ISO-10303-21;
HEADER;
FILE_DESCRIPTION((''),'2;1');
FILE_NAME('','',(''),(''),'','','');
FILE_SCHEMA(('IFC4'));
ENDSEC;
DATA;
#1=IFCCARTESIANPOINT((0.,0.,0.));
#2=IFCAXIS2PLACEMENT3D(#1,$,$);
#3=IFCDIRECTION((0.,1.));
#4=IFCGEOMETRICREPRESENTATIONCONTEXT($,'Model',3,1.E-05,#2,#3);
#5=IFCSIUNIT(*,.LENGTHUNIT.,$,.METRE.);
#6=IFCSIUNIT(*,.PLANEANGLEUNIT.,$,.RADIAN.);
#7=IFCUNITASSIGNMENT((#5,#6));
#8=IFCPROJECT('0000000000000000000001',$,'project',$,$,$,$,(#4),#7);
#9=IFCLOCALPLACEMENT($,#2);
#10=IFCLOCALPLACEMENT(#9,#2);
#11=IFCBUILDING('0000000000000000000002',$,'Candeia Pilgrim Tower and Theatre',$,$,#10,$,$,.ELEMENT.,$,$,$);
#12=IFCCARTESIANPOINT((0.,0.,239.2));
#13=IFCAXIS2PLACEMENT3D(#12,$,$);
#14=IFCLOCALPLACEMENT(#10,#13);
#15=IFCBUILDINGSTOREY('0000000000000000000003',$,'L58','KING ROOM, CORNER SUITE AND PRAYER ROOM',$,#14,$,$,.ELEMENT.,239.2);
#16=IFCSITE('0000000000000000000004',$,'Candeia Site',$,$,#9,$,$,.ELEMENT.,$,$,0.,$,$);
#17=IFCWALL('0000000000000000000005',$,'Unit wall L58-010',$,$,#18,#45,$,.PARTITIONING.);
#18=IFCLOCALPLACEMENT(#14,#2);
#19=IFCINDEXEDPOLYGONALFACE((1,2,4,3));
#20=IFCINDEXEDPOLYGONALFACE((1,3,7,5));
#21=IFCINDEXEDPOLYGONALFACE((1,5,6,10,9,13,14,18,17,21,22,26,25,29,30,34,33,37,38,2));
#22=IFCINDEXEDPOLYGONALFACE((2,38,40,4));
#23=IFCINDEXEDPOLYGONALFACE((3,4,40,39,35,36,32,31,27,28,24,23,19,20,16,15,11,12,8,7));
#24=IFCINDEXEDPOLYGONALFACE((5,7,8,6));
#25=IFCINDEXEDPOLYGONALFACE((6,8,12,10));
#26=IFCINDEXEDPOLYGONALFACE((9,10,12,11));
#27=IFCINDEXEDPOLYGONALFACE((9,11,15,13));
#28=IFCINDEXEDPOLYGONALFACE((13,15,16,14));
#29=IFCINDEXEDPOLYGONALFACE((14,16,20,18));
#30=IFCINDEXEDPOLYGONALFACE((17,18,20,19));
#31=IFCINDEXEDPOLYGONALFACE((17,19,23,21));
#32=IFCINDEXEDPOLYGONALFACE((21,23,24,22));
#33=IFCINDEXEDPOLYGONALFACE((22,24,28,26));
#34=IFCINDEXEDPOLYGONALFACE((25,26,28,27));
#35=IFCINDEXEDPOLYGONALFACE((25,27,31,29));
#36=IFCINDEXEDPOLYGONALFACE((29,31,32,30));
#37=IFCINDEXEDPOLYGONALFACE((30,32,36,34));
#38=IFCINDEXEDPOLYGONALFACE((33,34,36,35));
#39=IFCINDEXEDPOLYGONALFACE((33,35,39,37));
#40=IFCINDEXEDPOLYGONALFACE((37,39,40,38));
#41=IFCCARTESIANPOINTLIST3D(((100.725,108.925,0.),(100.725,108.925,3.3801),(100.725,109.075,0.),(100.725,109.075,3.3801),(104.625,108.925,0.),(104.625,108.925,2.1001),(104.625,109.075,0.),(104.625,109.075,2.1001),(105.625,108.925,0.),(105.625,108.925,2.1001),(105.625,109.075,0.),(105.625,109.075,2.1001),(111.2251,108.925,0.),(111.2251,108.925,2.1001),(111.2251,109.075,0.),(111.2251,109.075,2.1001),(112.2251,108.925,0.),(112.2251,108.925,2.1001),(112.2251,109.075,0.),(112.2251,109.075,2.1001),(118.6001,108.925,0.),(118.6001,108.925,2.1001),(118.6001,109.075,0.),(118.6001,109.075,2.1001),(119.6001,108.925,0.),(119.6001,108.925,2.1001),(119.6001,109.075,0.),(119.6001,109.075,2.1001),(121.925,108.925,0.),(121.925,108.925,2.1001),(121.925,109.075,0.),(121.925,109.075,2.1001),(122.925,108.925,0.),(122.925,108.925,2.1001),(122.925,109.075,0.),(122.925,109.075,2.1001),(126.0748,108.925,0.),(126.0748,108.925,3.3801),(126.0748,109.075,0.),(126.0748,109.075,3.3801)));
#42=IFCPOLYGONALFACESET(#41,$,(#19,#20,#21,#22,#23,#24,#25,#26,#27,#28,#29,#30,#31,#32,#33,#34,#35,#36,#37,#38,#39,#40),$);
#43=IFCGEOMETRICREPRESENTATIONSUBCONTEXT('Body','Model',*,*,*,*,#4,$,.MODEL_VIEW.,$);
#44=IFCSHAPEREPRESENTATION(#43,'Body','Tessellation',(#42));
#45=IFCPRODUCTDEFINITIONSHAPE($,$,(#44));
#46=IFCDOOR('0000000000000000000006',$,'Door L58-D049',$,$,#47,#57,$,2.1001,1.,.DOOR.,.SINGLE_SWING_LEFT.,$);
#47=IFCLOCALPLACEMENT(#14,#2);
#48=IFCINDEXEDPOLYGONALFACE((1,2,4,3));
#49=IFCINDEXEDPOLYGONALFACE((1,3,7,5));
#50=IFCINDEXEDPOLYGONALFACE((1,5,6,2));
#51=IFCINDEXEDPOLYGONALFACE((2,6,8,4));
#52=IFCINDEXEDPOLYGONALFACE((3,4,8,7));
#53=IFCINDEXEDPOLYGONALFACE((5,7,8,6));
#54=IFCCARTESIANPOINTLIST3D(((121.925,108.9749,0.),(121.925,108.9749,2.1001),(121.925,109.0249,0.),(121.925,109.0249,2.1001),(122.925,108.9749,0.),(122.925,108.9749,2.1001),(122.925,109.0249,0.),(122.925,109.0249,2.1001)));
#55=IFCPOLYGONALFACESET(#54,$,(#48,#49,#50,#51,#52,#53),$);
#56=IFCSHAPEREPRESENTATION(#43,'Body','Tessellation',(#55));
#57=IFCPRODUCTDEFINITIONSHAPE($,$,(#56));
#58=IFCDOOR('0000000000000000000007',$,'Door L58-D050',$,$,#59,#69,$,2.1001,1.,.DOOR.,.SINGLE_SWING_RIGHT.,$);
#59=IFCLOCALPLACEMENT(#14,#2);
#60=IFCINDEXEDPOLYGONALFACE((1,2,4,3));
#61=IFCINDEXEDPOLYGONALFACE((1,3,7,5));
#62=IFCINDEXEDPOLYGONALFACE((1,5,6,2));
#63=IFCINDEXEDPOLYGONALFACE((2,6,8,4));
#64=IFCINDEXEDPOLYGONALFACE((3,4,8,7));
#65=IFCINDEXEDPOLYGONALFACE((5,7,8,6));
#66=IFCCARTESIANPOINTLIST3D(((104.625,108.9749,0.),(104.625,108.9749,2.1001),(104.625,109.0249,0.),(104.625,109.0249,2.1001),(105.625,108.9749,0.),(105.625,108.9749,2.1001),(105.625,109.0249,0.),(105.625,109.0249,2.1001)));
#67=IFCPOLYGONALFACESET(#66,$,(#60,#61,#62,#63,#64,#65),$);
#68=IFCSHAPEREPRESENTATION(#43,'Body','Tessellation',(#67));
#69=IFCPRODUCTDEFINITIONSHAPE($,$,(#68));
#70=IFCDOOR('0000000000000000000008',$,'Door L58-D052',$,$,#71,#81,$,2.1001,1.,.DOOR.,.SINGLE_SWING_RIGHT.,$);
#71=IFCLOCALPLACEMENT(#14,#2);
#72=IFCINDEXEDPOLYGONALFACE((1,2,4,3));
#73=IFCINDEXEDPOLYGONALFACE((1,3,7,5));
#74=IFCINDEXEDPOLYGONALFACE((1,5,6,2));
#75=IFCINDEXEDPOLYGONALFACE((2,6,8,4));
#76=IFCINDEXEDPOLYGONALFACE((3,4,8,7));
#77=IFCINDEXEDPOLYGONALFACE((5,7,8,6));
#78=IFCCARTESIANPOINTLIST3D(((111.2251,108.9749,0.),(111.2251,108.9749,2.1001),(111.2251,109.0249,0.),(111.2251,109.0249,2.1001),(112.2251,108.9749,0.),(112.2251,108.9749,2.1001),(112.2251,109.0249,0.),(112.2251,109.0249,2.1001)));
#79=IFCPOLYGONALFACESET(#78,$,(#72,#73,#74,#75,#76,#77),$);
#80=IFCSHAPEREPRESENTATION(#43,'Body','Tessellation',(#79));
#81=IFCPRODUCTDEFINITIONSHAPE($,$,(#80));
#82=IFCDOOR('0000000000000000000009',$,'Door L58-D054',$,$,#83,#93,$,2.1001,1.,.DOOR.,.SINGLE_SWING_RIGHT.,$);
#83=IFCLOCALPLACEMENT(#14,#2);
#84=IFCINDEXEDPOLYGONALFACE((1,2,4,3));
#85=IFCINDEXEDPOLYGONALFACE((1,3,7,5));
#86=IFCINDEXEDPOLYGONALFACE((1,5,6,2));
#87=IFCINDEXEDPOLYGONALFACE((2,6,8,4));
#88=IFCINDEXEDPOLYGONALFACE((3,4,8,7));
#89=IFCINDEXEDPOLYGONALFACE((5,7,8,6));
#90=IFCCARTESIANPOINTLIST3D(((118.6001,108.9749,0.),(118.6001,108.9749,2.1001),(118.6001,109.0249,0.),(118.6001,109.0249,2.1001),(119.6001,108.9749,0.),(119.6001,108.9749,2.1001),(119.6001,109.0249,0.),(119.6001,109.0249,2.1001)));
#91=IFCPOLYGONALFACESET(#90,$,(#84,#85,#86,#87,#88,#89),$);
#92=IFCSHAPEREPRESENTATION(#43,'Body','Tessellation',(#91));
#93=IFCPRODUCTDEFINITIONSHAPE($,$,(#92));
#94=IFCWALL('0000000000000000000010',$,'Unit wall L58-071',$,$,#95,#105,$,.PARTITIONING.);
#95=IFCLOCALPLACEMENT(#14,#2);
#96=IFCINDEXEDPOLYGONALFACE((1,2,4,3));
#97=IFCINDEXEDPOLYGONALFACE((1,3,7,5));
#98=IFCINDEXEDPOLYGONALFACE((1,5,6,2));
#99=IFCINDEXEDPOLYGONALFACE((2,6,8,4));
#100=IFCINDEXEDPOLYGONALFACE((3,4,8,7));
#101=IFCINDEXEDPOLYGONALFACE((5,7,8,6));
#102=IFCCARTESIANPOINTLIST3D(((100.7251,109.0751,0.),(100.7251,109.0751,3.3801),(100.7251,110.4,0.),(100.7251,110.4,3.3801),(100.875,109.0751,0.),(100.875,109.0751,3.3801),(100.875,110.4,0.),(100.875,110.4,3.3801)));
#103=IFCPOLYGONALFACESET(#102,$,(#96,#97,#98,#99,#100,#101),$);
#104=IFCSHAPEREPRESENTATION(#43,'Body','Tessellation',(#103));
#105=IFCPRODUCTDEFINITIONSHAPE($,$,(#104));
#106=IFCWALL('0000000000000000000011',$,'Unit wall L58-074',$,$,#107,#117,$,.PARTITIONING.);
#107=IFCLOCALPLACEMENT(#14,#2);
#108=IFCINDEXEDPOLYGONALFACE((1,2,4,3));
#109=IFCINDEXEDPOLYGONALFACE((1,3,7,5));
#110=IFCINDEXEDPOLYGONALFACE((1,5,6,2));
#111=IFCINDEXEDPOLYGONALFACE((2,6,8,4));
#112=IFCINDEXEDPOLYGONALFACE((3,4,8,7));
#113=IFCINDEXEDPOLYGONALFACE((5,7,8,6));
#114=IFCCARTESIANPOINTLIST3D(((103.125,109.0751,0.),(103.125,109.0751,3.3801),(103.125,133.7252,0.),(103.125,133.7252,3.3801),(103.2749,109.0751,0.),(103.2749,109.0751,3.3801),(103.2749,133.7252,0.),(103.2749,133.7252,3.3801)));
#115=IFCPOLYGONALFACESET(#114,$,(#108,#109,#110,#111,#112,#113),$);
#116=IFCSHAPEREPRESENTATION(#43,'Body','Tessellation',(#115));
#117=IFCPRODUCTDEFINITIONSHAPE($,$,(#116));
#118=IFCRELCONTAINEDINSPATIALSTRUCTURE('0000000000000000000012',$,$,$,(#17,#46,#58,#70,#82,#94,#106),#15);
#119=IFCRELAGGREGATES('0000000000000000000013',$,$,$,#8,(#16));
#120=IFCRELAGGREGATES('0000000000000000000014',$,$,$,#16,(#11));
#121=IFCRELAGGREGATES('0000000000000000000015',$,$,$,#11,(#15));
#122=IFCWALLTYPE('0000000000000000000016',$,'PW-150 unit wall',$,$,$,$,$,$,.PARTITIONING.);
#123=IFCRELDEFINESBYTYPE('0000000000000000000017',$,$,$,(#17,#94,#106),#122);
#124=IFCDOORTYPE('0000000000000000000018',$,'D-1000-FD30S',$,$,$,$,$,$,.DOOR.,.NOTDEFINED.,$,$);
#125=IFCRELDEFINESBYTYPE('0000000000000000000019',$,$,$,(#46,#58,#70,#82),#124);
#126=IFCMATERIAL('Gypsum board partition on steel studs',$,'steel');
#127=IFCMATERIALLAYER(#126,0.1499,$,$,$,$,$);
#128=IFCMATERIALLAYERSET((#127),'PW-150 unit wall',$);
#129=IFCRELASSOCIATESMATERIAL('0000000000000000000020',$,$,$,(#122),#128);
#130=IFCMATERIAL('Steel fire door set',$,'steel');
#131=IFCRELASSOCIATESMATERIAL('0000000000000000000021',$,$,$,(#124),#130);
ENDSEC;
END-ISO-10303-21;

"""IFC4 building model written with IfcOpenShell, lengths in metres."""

from ifc_helpers import new_model, si_unit, direction, frame, frame_2d, origin, place, context, subcontext, project, spatial, rectangle, extrude, material, layer, layer_set, type_object, element, fill, save


model = new_model("IFC4")

# Units and contexts
model_context = context("Model", 3, precision=1e-05, world=origin(), true_north=direction((0.0, 1.0)))
body_context = subcontext(model_context, "Body", "Model", "MODEL_VIEW")
ifc_project = project(units=[si_unit("LENGTHUNIT", "METRE"), si_unit("PLANEANGLEUNIT", "RADIAN")], contexts=[model_context])

# Site, building, storey
site_placement = place(None, origin())
site = spatial("IfcSite", under=ifc_project, at=site_placement, Name="Candeia Site", CompositionType="ELEMENT", RefElevation=0.0)
building_placement = place(site_placement, origin())
building = spatial("IfcBuilding", under=site, at=building_placement, Name="Candeia Pilgrim Tower and Theatre", CompositionType="ELEMENT")
storey_placement = place(building_placement, frame((0.0, 0.0, 239.2)))
storey = spatial("IfcBuildingStorey", under=building, at=storey_placement, Name="L58", Description="KING ROOM, CORNER SUITE AND PRAYER ROOM", CompositionType="ELEMENT", Elevation=239.2)

# Shared definitions
ifc_material_1 = material(Name="Steel fire door set", Category="steel")

# Shared definitions
ifc_material_2 = material(Name="Gypsum board partition on steel studs", Category="steel")

# Wall, openings, doors
ifc_layer_1 = layer(ifc_material_2, 0.1499)
ifc_layer_set_1 = layer_set([ifc_layer_1], Name="PW-150 unit wall")
wall_type_1 = type_object("IfcWallType", Name="PW-150 unit wall", PredefinedType="PARTITIONING", material=ifc_layer_set_1)
wall_1_placement = place(storey_placement, frame((100.7251, 109.0, 0.0), z_axis=(0.0, 0.0, 1.0), x_axis=(1.0, 0.0, 0.0)))
wall_1 = element("IfcWall", 1, at=wall_1_placement, inside=storey, type_object=wall_type_1, Name="Unit wall L58-010", PredefinedType="PARTITIONING", context=body_context, shape_type="SweptSolid", body=[
    extrude(rectangle(XDim=25.3499, YDim=0.1499, at=frame_2d((12.6748, 0.0))), origin(), (0.0, 0.0, 1.0), 3.3801),
])
opening_1_placement = place(wall_1_placement, frame((21.2, 0.0, 0.0)))
opening_1 = element("IfcOpeningElement", 2, at=opening_1_placement, cuts=wall_1, PredefinedType="OPENING", context=body_context, shape_type="SweptSolid", body=[
    extrude(rectangle(XDim=1.0, YDim=2.1001, at=frame_2d((0.5, 1.05))), frame((0.0, 0.085, 0.0), z_axis=(0.0, -1.0, 0.0), x_axis=(1.0, 0.0, 0.0)), (0.0, 0.0, 1.0), 0.1699),
])
opening_2_placement = place(wall_1_placement, frame((3.8999, 0.0, 0.0)))
opening_2 = element("IfcOpeningElement", 3, at=opening_2_placement, cuts=wall_1, PredefinedType="OPENING", context=body_context, shape_type="SweptSolid", body=[
    extrude(rectangle(XDim=1.0, YDim=2.1001, at=frame_2d((0.5, 1.05))), frame((0.0, 0.085, 0.0), z_axis=(0.0, -1.0, 0.0), x_axis=(1.0, 0.0, 0.0)), (0.0, 0.0, 1.0), 0.1699),
])
opening_3_placement = place(wall_1_placement, frame((10.5, 0.0, 0.0)))
opening_3 = element("IfcOpeningElement", 4, at=opening_3_placement, cuts=wall_1, PredefinedType="OPENING", context=body_context, shape_type="SweptSolid", body=[
    extrude(rectangle(XDim=1.0, YDim=2.1001, at=frame_2d((0.5, 1.05))), frame((0.0, 0.085, 0.0), z_axis=(0.0, -1.0, 0.0), x_axis=(1.0, 0.0, 0.0)), (0.0, 0.0, 1.0), 0.1699),
])
opening_4_placement = place(wall_1_placement, frame((17.875, 0.0, 0.0)))
opening_4 = element("IfcOpeningElement", 5, at=opening_4_placement, cuts=wall_1, PredefinedType="OPENING", context=body_context, shape_type="SweptSolid", body=[
    extrude(rectangle(XDim=1.0, YDim=2.1001, at=frame_2d((0.5, 1.05))), frame((0.0, 0.085, 0.0), z_axis=(0.0, -1.0, 0.0), x_axis=(1.0, 0.0, 0.0)), (0.0, 0.0, 1.0), 0.1699),
])
door_type_1 = type_object("IfcDoorType", Name="D-1000-FD30S", OperationType="NOTDEFINED", PredefinedType="DOOR", material=ifc_material_1)
door_1_placement = place(opening_1_placement, origin())
door_1 = element("IfcDoor", 6, at=door_1_placement, inside=storey, type_object=door_type_1, Name="Door L58-D049", OperationType="SINGLE_SWING_LEFT", OverallHeight=2.1001, OverallWidth=1.0, PredefinedType="DOOR", context=body_context, shape_type="SweptSolid", body=[
    extrude(rectangle(XDim=1.0, YDim=2.1001, at=frame_2d((0.5, 1.05))), frame((0.0, 0.0249, 0.0), z_axis=(0.0, -1.0, 0.0), x_axis=(1.0, 0.0, 0.0)), (0.0, 0.0, 1.0), 0.05),
])
fill(opening_1, door_1)
door_2_placement = place(opening_2_placement, origin())
door_2 = element("IfcDoor", 7, at=door_2_placement, inside=storey, type_object=door_type_1, Name="Door L58-D050", OperationType="SINGLE_SWING_RIGHT", OverallHeight=2.1001, OverallWidth=1.0, PredefinedType="DOOR", context=body_context, shape_type="SweptSolid", body=[
    extrude(rectangle(XDim=1.0, YDim=2.1001, at=frame_2d((0.5, 1.05))), frame((0.0, 0.0249, 0.0), z_axis=(0.0, -1.0, 0.0), x_axis=(1.0, 0.0, 0.0)), (0.0, 0.0, 1.0), 0.05),
])
fill(opening_2, door_2)
door_3_placement = place(opening_3_placement, origin())
door_3 = element("IfcDoor", 8, at=door_3_placement, inside=storey, type_object=door_type_1, Name="Door L58-D052", OperationType="SINGLE_SWING_RIGHT", OverallHeight=2.1001, OverallWidth=1.0, PredefinedType="DOOR", context=body_context, shape_type="SweptSolid", body=[
    extrude(rectangle(XDim=1.0, YDim=2.1001, at=frame_2d((0.5, 1.05))), frame((0.0, 0.0249, 0.0), z_axis=(0.0, -1.0, 0.0), x_axis=(1.0, 0.0, 0.0)), (0.0, 0.0, 1.0), 0.05),
])
fill(opening_3, door_3)
door_4_placement = place(opening_4_placement, origin())
door_4 = element("IfcDoor", 9, at=door_4_placement, inside=storey, type_object=door_type_1, Name="Door L58-D054", OperationType="SINGLE_SWING_RIGHT", OverallHeight=2.1001, OverallWidth=1.0, PredefinedType="DOOR", context=body_context, shape_type="SweptSolid", body=[
    extrude(rectangle(XDim=1.0, YDim=2.1001, at=frame_2d((0.5, 1.05))), frame((0.0, 0.0249, 0.0), z_axis=(0.0, -1.0, 0.0), x_axis=(1.0, 0.0, 0.0)), (0.0, 0.0, 1.0), 0.05),
])
fill(opening_4, door_4)

# Walls
wall_2_placement = place(storey_placement, frame((100.8, 109.075, 0.0), z_axis=(0.0, 0.0, 1.0), x_axis=(0.0, 1.0, 0.0)))
element("IfcWall", 10, at=wall_2_placement, inside=storey, type_object=wall_type_1, Name="Unit wall L58-071", PredefinedType="PARTITIONING", context=body_context, shape_type="SweptSolid", body=[
    extrude(rectangle(XDim=1.325, YDim=0.1499, at=frame_2d((0.6626, 0.0))), origin(), (0.0, 0.0, 1.0), 3.3801),
])
wall_3_placement = place(storey_placement, frame((103.2, 109.075, 0.0), z_axis=(0.0, 0.0, 1.0), x_axis=(0.0, 1.0, 0.0)))
element("IfcWall", 11, at=wall_3_placement, inside=storey, type_object=wall_type_1, Name="Unit wall L58-074", PredefinedType="PARTITIONING", context=body_context, shape_type="SweptSolid", body=[
    extrude(rectangle(XDim=24.6501, YDim=0.1499, at=frame_2d((12.3252, 0.0))), origin(), (0.0, 0.0, 1.0), 3.3801),
])

save(model, "model.ifc")
